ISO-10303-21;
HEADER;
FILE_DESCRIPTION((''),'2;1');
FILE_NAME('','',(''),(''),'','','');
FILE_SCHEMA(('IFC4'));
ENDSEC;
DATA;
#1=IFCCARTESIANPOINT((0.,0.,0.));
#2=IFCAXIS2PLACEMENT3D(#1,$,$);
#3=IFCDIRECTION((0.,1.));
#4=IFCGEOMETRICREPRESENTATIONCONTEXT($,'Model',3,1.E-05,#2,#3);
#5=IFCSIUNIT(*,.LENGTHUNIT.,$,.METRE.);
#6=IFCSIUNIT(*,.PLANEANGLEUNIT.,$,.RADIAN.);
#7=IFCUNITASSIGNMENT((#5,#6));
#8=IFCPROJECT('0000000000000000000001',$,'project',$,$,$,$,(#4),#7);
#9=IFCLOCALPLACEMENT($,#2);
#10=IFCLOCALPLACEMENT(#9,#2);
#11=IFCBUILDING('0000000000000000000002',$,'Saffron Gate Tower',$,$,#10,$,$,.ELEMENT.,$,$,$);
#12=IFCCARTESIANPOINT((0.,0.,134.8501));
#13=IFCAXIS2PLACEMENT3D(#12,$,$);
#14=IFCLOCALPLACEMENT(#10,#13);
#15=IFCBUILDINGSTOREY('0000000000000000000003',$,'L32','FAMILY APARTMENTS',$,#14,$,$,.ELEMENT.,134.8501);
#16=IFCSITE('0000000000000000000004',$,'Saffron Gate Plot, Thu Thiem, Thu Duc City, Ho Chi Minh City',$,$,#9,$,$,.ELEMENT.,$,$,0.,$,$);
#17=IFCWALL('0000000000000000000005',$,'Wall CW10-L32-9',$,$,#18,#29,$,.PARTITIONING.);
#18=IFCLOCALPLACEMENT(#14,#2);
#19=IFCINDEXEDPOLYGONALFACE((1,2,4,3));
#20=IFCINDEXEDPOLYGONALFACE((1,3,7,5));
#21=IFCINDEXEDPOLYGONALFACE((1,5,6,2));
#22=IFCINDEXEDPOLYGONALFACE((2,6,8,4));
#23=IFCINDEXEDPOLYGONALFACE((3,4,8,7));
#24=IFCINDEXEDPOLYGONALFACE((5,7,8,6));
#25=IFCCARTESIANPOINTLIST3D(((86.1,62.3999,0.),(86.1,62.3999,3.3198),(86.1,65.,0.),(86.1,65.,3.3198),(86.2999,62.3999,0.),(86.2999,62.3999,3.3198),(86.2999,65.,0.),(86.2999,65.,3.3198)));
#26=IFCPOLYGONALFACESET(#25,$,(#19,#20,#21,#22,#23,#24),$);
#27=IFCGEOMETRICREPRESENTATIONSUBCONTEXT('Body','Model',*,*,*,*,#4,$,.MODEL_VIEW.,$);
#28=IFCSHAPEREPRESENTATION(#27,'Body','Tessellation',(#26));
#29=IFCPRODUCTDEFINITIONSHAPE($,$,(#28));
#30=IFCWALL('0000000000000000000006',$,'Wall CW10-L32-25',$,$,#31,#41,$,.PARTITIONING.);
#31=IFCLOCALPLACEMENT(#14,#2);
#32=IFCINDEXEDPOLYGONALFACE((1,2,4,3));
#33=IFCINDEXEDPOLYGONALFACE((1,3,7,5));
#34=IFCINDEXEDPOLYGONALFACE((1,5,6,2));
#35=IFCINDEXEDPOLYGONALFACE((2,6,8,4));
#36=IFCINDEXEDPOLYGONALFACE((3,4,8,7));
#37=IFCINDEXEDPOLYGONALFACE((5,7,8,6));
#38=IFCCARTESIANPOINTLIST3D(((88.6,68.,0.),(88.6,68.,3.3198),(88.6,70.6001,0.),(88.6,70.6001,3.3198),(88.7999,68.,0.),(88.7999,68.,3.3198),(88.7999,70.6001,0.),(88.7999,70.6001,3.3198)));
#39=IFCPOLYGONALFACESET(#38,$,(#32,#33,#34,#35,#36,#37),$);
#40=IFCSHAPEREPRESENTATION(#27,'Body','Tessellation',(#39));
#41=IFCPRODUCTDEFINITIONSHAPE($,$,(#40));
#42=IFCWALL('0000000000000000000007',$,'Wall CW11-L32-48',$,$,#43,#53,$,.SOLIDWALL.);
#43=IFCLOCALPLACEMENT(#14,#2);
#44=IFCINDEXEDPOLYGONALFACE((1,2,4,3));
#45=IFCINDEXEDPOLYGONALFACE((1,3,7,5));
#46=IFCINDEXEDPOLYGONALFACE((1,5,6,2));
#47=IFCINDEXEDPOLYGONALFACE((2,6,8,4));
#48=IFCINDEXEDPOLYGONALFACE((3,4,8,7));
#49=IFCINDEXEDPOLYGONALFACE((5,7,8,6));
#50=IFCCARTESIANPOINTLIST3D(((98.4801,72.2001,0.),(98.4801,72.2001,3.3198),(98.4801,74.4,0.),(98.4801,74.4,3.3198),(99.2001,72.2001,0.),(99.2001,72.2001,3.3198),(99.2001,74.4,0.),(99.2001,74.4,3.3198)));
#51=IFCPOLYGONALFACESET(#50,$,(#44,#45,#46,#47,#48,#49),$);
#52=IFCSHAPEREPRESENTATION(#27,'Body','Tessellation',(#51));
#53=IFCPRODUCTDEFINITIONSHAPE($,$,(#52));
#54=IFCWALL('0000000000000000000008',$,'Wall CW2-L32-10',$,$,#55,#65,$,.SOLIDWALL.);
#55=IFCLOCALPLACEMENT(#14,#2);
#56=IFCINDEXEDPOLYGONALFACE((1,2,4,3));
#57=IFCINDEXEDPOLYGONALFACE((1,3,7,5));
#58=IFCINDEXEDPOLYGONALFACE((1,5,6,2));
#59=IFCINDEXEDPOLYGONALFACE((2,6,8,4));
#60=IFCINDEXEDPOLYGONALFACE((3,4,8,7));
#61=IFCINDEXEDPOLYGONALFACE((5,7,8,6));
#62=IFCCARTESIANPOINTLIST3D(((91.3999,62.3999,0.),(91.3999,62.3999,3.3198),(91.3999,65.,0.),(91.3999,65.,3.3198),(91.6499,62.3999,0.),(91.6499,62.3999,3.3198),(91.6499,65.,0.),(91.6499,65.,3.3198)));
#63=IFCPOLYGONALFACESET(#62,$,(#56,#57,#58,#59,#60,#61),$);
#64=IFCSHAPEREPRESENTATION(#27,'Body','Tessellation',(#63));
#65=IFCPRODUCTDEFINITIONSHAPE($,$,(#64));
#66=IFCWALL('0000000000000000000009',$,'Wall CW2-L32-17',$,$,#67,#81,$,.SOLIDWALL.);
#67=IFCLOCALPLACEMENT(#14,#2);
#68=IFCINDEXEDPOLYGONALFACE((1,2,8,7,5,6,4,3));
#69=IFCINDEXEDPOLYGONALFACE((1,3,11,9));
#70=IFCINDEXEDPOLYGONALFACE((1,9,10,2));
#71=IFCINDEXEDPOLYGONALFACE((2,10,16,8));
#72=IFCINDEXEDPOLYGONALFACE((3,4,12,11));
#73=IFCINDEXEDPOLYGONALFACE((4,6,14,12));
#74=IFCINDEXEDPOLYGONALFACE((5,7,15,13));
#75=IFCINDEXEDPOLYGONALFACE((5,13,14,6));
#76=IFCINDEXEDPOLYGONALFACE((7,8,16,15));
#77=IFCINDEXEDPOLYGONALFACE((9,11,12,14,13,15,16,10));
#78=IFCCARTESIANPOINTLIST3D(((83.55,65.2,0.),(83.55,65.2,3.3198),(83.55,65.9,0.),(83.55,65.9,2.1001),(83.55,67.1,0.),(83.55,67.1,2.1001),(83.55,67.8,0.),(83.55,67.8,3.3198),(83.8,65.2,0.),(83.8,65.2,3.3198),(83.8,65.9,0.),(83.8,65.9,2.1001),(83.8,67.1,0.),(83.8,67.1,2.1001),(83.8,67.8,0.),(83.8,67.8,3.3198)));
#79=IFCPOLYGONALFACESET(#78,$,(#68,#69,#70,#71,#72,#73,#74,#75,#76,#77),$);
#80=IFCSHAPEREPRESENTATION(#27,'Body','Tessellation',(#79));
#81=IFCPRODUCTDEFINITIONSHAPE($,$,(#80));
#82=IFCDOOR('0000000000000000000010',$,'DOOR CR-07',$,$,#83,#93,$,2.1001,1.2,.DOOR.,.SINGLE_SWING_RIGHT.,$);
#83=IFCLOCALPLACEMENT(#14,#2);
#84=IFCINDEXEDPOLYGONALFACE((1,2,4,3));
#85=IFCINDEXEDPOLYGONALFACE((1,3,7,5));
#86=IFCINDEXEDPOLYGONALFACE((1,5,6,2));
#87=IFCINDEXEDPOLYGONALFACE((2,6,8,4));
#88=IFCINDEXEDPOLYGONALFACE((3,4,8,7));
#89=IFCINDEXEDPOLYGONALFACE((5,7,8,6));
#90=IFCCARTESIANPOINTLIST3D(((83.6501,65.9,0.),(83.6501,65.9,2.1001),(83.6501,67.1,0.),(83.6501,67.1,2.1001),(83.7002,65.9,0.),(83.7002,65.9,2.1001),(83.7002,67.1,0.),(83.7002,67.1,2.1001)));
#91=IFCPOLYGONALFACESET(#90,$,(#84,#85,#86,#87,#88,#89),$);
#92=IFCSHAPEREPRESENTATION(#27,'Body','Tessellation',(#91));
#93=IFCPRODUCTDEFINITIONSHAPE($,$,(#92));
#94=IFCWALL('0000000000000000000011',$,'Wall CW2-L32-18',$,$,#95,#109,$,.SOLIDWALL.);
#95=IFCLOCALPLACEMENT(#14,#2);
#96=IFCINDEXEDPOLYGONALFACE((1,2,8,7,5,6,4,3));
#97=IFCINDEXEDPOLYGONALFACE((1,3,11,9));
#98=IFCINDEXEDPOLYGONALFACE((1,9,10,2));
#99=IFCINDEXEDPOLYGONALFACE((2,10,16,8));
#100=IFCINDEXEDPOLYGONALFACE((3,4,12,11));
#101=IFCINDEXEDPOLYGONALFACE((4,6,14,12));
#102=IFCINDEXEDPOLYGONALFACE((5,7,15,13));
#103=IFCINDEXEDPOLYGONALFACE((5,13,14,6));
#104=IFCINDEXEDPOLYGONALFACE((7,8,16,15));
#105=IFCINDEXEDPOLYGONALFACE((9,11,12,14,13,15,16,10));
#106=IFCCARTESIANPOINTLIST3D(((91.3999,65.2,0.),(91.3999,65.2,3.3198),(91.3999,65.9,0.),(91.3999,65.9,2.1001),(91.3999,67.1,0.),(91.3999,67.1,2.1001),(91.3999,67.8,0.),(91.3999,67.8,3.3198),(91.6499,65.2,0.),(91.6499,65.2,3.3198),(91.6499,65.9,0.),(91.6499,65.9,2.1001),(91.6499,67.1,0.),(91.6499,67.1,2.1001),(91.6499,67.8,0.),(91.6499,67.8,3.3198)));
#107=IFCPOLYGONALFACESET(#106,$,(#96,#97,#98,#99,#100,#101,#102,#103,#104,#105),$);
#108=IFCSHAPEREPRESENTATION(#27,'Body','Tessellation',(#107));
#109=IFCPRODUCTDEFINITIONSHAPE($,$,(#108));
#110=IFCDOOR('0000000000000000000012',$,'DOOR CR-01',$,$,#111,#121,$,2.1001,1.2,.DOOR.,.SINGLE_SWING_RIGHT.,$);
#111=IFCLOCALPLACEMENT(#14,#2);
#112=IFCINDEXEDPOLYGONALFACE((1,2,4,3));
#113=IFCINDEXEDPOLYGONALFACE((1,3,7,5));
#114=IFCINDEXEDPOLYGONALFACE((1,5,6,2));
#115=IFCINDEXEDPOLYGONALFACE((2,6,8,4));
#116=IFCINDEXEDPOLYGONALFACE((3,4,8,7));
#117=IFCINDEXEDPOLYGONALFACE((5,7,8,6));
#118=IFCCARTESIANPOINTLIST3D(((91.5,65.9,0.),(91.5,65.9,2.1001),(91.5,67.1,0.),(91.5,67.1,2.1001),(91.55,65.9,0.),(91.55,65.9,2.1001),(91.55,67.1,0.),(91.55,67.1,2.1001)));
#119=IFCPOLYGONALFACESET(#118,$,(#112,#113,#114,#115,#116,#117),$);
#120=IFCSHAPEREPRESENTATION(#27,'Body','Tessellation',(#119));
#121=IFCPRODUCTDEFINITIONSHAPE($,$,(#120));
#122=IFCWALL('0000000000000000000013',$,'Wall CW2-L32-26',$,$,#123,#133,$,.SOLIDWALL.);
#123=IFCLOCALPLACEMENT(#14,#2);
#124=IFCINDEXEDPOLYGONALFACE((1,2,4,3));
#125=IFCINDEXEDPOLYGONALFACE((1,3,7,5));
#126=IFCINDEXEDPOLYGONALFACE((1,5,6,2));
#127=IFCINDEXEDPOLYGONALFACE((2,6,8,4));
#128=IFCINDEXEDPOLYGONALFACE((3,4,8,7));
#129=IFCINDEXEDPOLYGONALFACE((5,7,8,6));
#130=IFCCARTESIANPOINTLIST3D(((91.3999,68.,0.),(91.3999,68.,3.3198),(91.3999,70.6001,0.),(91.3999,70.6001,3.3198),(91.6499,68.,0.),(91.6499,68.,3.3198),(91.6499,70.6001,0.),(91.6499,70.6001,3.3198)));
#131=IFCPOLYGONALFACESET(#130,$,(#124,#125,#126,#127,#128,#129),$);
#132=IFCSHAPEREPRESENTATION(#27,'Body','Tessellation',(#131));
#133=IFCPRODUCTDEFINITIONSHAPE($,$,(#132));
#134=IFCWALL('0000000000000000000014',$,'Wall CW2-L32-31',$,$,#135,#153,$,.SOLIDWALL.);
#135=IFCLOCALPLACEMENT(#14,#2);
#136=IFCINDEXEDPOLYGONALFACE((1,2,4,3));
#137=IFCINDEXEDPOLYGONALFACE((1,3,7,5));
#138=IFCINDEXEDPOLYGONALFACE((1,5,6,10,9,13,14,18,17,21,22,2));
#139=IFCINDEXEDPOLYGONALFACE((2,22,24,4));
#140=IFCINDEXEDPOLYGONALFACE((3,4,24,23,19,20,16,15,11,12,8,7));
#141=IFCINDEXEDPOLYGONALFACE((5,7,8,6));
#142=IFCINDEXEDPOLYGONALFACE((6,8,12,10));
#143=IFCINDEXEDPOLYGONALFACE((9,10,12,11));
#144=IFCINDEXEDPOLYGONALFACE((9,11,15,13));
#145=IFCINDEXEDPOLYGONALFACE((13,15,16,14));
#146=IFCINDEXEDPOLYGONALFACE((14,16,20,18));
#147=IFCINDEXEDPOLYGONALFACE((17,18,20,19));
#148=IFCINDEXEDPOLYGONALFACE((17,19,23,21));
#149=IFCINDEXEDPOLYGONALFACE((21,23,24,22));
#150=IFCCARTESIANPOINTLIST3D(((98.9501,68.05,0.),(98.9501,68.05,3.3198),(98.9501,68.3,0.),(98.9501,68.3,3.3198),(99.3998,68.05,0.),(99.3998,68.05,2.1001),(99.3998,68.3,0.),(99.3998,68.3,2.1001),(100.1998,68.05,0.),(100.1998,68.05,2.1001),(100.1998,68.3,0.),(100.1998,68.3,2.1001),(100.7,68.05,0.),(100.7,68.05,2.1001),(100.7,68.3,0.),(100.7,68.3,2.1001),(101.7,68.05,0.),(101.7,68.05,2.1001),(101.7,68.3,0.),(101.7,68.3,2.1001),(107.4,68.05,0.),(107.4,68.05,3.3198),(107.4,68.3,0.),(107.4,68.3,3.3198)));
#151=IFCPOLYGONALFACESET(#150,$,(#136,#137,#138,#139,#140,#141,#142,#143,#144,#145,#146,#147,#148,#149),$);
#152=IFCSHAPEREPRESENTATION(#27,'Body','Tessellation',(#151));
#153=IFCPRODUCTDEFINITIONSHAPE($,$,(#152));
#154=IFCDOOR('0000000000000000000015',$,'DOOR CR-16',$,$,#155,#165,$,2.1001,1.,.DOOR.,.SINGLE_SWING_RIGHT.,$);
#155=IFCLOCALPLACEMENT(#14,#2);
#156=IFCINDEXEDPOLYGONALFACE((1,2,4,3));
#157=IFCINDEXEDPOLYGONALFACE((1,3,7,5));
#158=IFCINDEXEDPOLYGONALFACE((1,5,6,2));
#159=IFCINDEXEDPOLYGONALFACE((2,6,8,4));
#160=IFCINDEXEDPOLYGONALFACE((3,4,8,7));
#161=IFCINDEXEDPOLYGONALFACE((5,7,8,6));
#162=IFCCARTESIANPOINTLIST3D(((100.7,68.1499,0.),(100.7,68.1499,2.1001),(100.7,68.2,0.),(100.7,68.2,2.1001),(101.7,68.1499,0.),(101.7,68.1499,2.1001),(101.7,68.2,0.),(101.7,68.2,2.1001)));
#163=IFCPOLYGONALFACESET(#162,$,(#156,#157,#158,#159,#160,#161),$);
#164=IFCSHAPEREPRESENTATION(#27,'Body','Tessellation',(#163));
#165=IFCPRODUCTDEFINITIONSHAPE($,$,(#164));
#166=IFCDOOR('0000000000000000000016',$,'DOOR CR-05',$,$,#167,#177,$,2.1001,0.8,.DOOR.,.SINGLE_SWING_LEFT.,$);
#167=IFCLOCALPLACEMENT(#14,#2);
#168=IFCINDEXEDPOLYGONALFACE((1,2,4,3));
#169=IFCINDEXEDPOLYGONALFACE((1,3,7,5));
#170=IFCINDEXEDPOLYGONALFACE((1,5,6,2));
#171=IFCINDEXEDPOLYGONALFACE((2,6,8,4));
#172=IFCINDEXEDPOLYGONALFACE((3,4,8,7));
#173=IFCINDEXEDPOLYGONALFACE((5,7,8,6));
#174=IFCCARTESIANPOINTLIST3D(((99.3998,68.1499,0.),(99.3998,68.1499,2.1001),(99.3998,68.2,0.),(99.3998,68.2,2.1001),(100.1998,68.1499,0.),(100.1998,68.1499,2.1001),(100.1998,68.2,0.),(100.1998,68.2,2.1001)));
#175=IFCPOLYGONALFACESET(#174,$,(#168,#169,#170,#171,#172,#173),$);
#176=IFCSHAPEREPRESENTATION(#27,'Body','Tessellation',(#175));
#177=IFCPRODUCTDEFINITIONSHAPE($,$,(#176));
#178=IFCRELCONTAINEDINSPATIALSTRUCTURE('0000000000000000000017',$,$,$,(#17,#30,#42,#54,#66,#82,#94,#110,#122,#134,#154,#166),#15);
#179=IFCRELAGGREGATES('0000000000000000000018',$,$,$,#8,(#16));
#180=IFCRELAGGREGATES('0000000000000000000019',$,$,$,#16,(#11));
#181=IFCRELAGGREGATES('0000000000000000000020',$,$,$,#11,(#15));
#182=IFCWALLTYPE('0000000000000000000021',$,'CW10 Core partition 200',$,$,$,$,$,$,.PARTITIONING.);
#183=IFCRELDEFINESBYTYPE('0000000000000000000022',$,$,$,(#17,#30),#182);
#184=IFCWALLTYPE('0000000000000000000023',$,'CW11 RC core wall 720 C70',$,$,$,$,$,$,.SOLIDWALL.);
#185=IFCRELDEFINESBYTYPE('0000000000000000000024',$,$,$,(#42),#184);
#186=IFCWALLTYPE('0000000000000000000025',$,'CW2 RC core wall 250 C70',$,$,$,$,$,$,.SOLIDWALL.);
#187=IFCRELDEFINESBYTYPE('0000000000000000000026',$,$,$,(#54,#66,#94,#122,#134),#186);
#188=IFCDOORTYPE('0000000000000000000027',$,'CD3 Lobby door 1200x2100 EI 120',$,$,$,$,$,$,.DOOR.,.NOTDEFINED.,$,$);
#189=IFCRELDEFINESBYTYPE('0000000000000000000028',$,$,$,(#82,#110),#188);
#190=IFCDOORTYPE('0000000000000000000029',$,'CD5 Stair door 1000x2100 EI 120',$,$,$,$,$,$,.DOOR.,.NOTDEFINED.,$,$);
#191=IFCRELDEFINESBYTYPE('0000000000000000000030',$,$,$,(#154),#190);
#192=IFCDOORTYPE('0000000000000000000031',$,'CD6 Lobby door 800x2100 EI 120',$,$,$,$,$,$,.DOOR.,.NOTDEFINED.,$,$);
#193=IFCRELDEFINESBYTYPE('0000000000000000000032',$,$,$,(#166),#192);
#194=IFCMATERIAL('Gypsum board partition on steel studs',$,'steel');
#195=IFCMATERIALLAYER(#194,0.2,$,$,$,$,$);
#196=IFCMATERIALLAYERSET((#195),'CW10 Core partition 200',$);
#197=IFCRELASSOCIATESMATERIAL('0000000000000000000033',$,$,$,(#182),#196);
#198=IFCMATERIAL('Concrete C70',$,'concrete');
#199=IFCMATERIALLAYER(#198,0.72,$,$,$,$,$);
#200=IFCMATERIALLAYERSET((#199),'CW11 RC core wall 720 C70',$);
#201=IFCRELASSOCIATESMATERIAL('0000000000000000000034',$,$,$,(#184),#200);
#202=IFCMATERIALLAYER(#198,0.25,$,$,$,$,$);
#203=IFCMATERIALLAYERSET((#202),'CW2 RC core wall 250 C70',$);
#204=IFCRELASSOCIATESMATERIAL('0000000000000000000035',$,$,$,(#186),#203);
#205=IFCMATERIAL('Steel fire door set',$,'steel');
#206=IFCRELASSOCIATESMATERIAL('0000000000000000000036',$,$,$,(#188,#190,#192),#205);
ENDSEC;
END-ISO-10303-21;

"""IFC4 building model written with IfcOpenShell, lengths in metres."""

from ifc_helpers import new_model, si_unit, direction, frame, frame_2d, origin, place, context, subcontext, project, spatial, rectangle, extrude, material, layer, layer_set, type_object, element, fill, save


model = new_model("IFC4")

# Units and contexts
model_context = context("Model", 3, precision=1e-05, world=origin(), true_north=direction((0.0, 1.0)))
body_context = subcontext(model_context, "Body", "Model", "MODEL_VIEW")
ifc_project = project(units=[si_unit("LENGTHUNIT", "METRE"), si_unit("PLANEANGLEUNIT", "RADIAN")], contexts=[model_context])

# Site, building, storey
site_placement = place(None, origin())
site = spatial("IfcSite", under=ifc_project, at=site_placement, Name="Saffron Gate Plot, Thu Thiem, Thu Duc City, Ho Chi Minh City", CompositionType="ELEMENT", RefElevation=0.0)
building_placement = place(site_placement, origin())
building = spatial("IfcBuilding", under=site, at=building_placement, Name="Saffron Gate Tower", CompositionType="ELEMENT")
storey_placement = place(building_placement, frame((0.0, 0.0, 134.8501)))
storey = spatial("IfcBuildingStorey", under=building, at=storey_placement, Name="L32", Description="FAMILY APARTMENTS", CompositionType="ELEMENT", Elevation=134.8501)

# Walls
ifc_material_1 = material(Name="Gypsum board partition on steel studs", Category="steel")
ifc_layer_1 = layer(ifc_material_1, 0.2)
ifc_layer_set_1 = layer_set([ifc_layer_1], Name="CW10 Core partition 200")
wall_type_1 = type_object("IfcWallType", Name="CW10 Core partition 200", PredefinedType="PARTITIONING", material=ifc_layer_set_1)
for number, where, z_axis, x_axis, name in (
    (1, (86.2, 62.3999, 0.0), (0.0, 0.0, 1.0), (0.0, 1.0, 0.0), "Wall CW10-L32-9"),
    (2, (88.7, 68.0, 0.0), (0.0, 0.0, 1.0), (0.0, 1.0, 0.0), "Wall CW10-L32-25"),
):
    element("IfcWall", number, at=place(storey_placement, frame(where, z_axis=z_axis, x_axis=x_axis)), inside=storey, type_object=wall_type_1, Name=name, PredefinedType="PARTITIONING", context=body_context, shape_type="SweptSolid", body=[
        extrude(rectangle(XDim=2.6001, YDim=0.2, at=frame_2d((1.3, 0.0))), origin(), (0.0, 0.0, 1.0), 3.3198),
    ])
ifc_material_2 = material(Name="Concrete C70", Category="concrete")
ifc_layer_2 = layer(ifc_material_2, 0.72)
ifc_layer_set_2 = layer_set([ifc_layer_2], Name="CW11 RC core wall 720 C70")
wall_type_2 = type_object("IfcWallType", Name="CW11 RC core wall 720 C70", PredefinedType="SOLIDWALL", material=ifc_layer_set_2)
wall_1_placement = place(storey_placement, frame((98.8401, 72.2, 0.0), z_axis=(0.0, 0.0, 1.0), x_axis=(0.0, 1.0, 0.0)))
element("IfcWall", 3, at=wall_1_placement, inside=storey, type_object=wall_type_2, Name="Wall CW11-L32-48", PredefinedType="SOLIDWALL", context=body_context, shape_type="SweptSolid", body=[
    extrude(rectangle(XDim=2.2, YDim=0.72, at=frame_2d((1.1001, 0.0))), origin(), (0.0, 0.0, 1.0), 3.3198),
])
ifc_layer_3 = layer(ifc_material_2, 0.25)
ifc_layer_set_3 = layer_set([ifc_layer_3], Name="CW2 RC core wall 250 C70")
wall_type_3 = type_object("IfcWallType", Name="CW2 RC core wall 250 C70", PredefinedType="SOLIDWALL", material=ifc_layer_set_3)
wall_2_placement = place(storey_placement, frame((91.5249, 62.3999, 0.0), z_axis=(0.0, 0.0, 1.0), x_axis=(0.0, 1.0, 0.0)))
element("IfcWall", 4, at=wall_2_placement, inside=storey, type_object=wall_type_3, Name="Wall CW2-L32-10", PredefinedType="SOLIDWALL", context=body_context, shape_type="SweptSolid", body=[
    extrude(rectangle(XDim=2.6001, YDim=0.25, at=frame_2d((1.3, 0.0))), origin(), (0.0, 0.0, 1.0), 3.3198),
])

# Walls, openings, doors
wall_3_placement = place(storey_placement, frame((83.675, 65.2, 0.0), z_axis=(0.0, 0.0, 1.0), x_axis=(0.0, 1.0, 0.0)))
wall_3 = element("IfcWall", 5, at=wall_3_placement, inside=storey, type_object=wall_type_3, Name="Wall CW2-L32-17", PredefinedType="SOLIDWALL", context=body_context, shape_type="SweptSolid", body=[
    extrude(rectangle(XDim=2.6001, YDim=0.25, at=frame_2d((1.3, 0.0))), origin(), (0.0, 0.0, 1.0), 3.3198),
])
opening_1_placement = place(wall_3_placement, frame((0.7, 0.0, 0.0)))
opening_1 = element("IfcOpeningElement", 6, at=opening_1_placement, cuts=wall_3, PredefinedType="OPENING", context=body_context, shape_type="SweptSolid", body=[
    extrude(rectangle(XDim=1.2, YDim=2.1001, at=frame_2d((0.6001, 1.05))), frame((0.0, 0.135, 0.0), z_axis=(0.0, -1.0, 0.0), x_axis=(1.0, 0.0, 0.0)), (0.0, 0.0, 1.0), 0.27),
])
ifc_material_3 = material(Name="Steel fire door set", Category="steel")
door_type_1 = type_object("IfcDoorType", Name="CD3 Lobby door 1200x2100 EI 120", OperationType="NOTDEFINED", PredefinedType="DOOR", material=ifc_material_3)
door_1_placement = place(opening_1_placement, origin())
door_1 = element("IfcDoor", 7, at=door_1_placement, inside=storey, type_object=door_type_1, Name="DOOR CR-07", OperationType="SINGLE_SWING_RIGHT", OverallHeight=2.1001, OverallWidth=1.2, PredefinedType="DOOR", context=body_context, shape_type="SweptSolid", body=[
    extrude(rectangle(XDim=1.2, YDim=2.1001, at=frame_2d((0.6001, 1.05))), frame((0.0, 0.0249, 0.0), z_axis=(0.0, -1.0, 0.0), x_axis=(1.0, 0.0, 0.0)), (0.0, 0.0, 1.0), 0.05),
])
fill(opening_1, door_1)
wall_4_placement = place(storey_placement, frame((91.5249, 65.2, 0.0), z_axis=(0.0, 0.0, 1.0), x_axis=(0.0, 1.0, 0.0)))
wall_4 = element("IfcWall", 8, at=wall_4_placement, inside=storey, type_object=wall_type_3, Name="Wall CW2-L32-18", PredefinedType="SOLIDWALL", context=body_context, shape_type="SweptSolid", body=[
    extrude(rectangle(XDim=2.6001, YDim=0.25, at=frame_2d((1.3, 0.0))), origin(), (0.0, 0.0, 1.0), 3.3198),
])
opening_2_placement = place(wall_4_placement, frame((0.7, 0.0, 0.0)))
opening_2 = element("IfcOpeningElement", 9, at=opening_2_placement, cuts=wall_4, PredefinedType="OPENING", context=body_context, shape_type="SweptSolid", body=[
    extrude(rectangle(XDim=1.2, YDim=2.1001, at=frame_2d((0.6001, 1.05))), frame((0.0, 0.135, 0.0), z_axis=(0.0, -1.0, 0.0), x_axis=(1.0, 0.0, 0.0)), (0.0, 0.0, 1.0), 0.27),
])
door_2_placement = place(opening_2_placement, origin())
door_2 = element("IfcDoor", 10, at=door_2_placement, inside=storey, type_object=door_type_1, Name="DOOR CR-01", OperationType="SINGLE_SWING_RIGHT", OverallHeight=2.1001, OverallWidth=1.2, PredefinedType="DOOR", context=body_context, shape_type="SweptSolid", body=[
    extrude(rectangle(XDim=1.2, YDim=2.1001, at=frame_2d((0.6001, 1.05))), frame((0.0, 0.0249, 0.0), z_axis=(0.0, -1.0, 0.0), x_axis=(1.0, 0.0, 0.0)), (0.0, 0.0, 1.0), 0.05),
])
fill(opening_2, door_2)

# Wall
wall_5_placement = place(storey_placement, frame((91.5249, 68.0, 0.0), z_axis=(0.0, 0.0, 1.0), x_axis=(0.0, 1.0, 0.0)))
element("IfcWall", 11, at=wall_5_placement, inside=storey, type_object=wall_type_3, Name="Wall CW2-L32-26", PredefinedType="SOLIDWALL", context=body_context, shape_type="SweptSolid", body=[
    extrude(rectangle(XDim=2.6001, YDim=0.25, at=frame_2d((1.3, 0.0))), origin(), (0.0, 0.0, 1.0), 3.3198),
])

# Wall, openings, doors
wall_6_placement = place(storey_placement, frame((98.95, 68.175, 0.0), z_axis=(0.0, 0.0, 1.0), x_axis=(1.0, 0.0, 0.0)))
wall_6 = element("IfcWall", 12, at=wall_6_placement, inside=storey, type_object=wall_type_3, Name="Wall CW2-L32-31", PredefinedType="SOLIDWALL", context=body_context, shape_type="SweptSolid", body=[
    extrude(rectangle(XDim=8.45, YDim=0.25, at=frame_2d((4.2251, 0.0))), origin(), (0.0, 0.0, 1.0), 3.3198),
])
opening_3_placement = place(wall_6_placement, frame((0.45, 0.0, 0.0)))
opening_3 = element("IfcOpeningElement", 13, at=opening_3_placement, cuts=wall_6, PredefinedType="OPENING", context=body_context, shape_type="SweptSolid", body=[
    extrude(rectangle(XDim=0.8, YDim=2.1001, at=frame_2d((0.3999, 1.05))), frame((0.0, 0.135, 0.0), z_axis=(0.0, -1.0, 0.0), x_axis=(1.0, 0.0, 0.0)), (0.0, 0.0, 1.0), 0.27),
])
opening_4_placement = place(wall_6_placement, frame((1.75, 0.0, 0.0)))
opening_4 = element("IfcOpeningElement", 14, at=opening_4_placement, cuts=wall_6, PredefinedType="OPENING", context=body_context, shape_type="SweptSolid", body=[
    extrude(rectangle(XDim=1.0, YDim=2.1001, at=frame_2d((0.5, 1.05))), frame((0.0, 0.135, 0.0), z_axis=(0.0, -1.0, 0.0), x_axis=(1.0, 0.0, 0.0)), (0.0, 0.0, 1.0), 0.27),
])
door_type_2 = type_object("IfcDoorType", Name="CD5 Stair door 1000x2100 EI 120", OperationType="NOTDEFINED", PredefinedType="DOOR", material=ifc_material_3)
door_3_placement = place(opening_4_placement, origin())
door_3 = element("IfcDoor", 15, at=door_3_placement, inside=storey, type_object=door_type_2, Name="DOOR CR-16", OperationType="SINGLE_SWING_RIGHT", OverallHeight=2.1001, OverallWidth=1.0, PredefinedType="DOOR", context=body_context, shape_type="SweptSolid", body=[
    extrude(rectangle(XDim=1.0, YDim=2.1001, at=frame_2d((0.5, 1.05))), frame((0.0, 0.0249, 0.0), z_axis=(0.0, -1.0, 0.0), x_axis=(1.0, 0.0, 0.0)), (0.0, 0.0, 1.0), 0.05),
])
fill(opening_4, door_3)
door_type_3 = type_object("IfcDoorType", Name="CD6 Lobby door 800x2100 EI 120", OperationType="NOTDEFINED", PredefinedType="DOOR", material=ifc_material_3)
door_4_placement = place(opening_3_placement, origin())
door_4 = element("IfcDoor", 16, at=door_4_placement, inside=storey, type_object=door_type_3, Name="DOOR CR-05", OperationType="SINGLE_SWING_LEFT", OverallHeight=2.1001, OverallWidth=0.8, PredefinedType="DOOR", context=body_context, shape_type="SweptSolid", body=[
    extrude(rectangle(XDim=0.8, YDim=2.1001, at=frame_2d((0.3999, 1.05))), frame((0.0, 0.0249, 0.0), z_axis=(0.0, -1.0, 0.0), x_axis=(1.0, 0.0, 0.0)), (0.0, 0.0, 1.0), 0.05),
])
fill(opening_3, door_4)

save(model, "model.ifc")
